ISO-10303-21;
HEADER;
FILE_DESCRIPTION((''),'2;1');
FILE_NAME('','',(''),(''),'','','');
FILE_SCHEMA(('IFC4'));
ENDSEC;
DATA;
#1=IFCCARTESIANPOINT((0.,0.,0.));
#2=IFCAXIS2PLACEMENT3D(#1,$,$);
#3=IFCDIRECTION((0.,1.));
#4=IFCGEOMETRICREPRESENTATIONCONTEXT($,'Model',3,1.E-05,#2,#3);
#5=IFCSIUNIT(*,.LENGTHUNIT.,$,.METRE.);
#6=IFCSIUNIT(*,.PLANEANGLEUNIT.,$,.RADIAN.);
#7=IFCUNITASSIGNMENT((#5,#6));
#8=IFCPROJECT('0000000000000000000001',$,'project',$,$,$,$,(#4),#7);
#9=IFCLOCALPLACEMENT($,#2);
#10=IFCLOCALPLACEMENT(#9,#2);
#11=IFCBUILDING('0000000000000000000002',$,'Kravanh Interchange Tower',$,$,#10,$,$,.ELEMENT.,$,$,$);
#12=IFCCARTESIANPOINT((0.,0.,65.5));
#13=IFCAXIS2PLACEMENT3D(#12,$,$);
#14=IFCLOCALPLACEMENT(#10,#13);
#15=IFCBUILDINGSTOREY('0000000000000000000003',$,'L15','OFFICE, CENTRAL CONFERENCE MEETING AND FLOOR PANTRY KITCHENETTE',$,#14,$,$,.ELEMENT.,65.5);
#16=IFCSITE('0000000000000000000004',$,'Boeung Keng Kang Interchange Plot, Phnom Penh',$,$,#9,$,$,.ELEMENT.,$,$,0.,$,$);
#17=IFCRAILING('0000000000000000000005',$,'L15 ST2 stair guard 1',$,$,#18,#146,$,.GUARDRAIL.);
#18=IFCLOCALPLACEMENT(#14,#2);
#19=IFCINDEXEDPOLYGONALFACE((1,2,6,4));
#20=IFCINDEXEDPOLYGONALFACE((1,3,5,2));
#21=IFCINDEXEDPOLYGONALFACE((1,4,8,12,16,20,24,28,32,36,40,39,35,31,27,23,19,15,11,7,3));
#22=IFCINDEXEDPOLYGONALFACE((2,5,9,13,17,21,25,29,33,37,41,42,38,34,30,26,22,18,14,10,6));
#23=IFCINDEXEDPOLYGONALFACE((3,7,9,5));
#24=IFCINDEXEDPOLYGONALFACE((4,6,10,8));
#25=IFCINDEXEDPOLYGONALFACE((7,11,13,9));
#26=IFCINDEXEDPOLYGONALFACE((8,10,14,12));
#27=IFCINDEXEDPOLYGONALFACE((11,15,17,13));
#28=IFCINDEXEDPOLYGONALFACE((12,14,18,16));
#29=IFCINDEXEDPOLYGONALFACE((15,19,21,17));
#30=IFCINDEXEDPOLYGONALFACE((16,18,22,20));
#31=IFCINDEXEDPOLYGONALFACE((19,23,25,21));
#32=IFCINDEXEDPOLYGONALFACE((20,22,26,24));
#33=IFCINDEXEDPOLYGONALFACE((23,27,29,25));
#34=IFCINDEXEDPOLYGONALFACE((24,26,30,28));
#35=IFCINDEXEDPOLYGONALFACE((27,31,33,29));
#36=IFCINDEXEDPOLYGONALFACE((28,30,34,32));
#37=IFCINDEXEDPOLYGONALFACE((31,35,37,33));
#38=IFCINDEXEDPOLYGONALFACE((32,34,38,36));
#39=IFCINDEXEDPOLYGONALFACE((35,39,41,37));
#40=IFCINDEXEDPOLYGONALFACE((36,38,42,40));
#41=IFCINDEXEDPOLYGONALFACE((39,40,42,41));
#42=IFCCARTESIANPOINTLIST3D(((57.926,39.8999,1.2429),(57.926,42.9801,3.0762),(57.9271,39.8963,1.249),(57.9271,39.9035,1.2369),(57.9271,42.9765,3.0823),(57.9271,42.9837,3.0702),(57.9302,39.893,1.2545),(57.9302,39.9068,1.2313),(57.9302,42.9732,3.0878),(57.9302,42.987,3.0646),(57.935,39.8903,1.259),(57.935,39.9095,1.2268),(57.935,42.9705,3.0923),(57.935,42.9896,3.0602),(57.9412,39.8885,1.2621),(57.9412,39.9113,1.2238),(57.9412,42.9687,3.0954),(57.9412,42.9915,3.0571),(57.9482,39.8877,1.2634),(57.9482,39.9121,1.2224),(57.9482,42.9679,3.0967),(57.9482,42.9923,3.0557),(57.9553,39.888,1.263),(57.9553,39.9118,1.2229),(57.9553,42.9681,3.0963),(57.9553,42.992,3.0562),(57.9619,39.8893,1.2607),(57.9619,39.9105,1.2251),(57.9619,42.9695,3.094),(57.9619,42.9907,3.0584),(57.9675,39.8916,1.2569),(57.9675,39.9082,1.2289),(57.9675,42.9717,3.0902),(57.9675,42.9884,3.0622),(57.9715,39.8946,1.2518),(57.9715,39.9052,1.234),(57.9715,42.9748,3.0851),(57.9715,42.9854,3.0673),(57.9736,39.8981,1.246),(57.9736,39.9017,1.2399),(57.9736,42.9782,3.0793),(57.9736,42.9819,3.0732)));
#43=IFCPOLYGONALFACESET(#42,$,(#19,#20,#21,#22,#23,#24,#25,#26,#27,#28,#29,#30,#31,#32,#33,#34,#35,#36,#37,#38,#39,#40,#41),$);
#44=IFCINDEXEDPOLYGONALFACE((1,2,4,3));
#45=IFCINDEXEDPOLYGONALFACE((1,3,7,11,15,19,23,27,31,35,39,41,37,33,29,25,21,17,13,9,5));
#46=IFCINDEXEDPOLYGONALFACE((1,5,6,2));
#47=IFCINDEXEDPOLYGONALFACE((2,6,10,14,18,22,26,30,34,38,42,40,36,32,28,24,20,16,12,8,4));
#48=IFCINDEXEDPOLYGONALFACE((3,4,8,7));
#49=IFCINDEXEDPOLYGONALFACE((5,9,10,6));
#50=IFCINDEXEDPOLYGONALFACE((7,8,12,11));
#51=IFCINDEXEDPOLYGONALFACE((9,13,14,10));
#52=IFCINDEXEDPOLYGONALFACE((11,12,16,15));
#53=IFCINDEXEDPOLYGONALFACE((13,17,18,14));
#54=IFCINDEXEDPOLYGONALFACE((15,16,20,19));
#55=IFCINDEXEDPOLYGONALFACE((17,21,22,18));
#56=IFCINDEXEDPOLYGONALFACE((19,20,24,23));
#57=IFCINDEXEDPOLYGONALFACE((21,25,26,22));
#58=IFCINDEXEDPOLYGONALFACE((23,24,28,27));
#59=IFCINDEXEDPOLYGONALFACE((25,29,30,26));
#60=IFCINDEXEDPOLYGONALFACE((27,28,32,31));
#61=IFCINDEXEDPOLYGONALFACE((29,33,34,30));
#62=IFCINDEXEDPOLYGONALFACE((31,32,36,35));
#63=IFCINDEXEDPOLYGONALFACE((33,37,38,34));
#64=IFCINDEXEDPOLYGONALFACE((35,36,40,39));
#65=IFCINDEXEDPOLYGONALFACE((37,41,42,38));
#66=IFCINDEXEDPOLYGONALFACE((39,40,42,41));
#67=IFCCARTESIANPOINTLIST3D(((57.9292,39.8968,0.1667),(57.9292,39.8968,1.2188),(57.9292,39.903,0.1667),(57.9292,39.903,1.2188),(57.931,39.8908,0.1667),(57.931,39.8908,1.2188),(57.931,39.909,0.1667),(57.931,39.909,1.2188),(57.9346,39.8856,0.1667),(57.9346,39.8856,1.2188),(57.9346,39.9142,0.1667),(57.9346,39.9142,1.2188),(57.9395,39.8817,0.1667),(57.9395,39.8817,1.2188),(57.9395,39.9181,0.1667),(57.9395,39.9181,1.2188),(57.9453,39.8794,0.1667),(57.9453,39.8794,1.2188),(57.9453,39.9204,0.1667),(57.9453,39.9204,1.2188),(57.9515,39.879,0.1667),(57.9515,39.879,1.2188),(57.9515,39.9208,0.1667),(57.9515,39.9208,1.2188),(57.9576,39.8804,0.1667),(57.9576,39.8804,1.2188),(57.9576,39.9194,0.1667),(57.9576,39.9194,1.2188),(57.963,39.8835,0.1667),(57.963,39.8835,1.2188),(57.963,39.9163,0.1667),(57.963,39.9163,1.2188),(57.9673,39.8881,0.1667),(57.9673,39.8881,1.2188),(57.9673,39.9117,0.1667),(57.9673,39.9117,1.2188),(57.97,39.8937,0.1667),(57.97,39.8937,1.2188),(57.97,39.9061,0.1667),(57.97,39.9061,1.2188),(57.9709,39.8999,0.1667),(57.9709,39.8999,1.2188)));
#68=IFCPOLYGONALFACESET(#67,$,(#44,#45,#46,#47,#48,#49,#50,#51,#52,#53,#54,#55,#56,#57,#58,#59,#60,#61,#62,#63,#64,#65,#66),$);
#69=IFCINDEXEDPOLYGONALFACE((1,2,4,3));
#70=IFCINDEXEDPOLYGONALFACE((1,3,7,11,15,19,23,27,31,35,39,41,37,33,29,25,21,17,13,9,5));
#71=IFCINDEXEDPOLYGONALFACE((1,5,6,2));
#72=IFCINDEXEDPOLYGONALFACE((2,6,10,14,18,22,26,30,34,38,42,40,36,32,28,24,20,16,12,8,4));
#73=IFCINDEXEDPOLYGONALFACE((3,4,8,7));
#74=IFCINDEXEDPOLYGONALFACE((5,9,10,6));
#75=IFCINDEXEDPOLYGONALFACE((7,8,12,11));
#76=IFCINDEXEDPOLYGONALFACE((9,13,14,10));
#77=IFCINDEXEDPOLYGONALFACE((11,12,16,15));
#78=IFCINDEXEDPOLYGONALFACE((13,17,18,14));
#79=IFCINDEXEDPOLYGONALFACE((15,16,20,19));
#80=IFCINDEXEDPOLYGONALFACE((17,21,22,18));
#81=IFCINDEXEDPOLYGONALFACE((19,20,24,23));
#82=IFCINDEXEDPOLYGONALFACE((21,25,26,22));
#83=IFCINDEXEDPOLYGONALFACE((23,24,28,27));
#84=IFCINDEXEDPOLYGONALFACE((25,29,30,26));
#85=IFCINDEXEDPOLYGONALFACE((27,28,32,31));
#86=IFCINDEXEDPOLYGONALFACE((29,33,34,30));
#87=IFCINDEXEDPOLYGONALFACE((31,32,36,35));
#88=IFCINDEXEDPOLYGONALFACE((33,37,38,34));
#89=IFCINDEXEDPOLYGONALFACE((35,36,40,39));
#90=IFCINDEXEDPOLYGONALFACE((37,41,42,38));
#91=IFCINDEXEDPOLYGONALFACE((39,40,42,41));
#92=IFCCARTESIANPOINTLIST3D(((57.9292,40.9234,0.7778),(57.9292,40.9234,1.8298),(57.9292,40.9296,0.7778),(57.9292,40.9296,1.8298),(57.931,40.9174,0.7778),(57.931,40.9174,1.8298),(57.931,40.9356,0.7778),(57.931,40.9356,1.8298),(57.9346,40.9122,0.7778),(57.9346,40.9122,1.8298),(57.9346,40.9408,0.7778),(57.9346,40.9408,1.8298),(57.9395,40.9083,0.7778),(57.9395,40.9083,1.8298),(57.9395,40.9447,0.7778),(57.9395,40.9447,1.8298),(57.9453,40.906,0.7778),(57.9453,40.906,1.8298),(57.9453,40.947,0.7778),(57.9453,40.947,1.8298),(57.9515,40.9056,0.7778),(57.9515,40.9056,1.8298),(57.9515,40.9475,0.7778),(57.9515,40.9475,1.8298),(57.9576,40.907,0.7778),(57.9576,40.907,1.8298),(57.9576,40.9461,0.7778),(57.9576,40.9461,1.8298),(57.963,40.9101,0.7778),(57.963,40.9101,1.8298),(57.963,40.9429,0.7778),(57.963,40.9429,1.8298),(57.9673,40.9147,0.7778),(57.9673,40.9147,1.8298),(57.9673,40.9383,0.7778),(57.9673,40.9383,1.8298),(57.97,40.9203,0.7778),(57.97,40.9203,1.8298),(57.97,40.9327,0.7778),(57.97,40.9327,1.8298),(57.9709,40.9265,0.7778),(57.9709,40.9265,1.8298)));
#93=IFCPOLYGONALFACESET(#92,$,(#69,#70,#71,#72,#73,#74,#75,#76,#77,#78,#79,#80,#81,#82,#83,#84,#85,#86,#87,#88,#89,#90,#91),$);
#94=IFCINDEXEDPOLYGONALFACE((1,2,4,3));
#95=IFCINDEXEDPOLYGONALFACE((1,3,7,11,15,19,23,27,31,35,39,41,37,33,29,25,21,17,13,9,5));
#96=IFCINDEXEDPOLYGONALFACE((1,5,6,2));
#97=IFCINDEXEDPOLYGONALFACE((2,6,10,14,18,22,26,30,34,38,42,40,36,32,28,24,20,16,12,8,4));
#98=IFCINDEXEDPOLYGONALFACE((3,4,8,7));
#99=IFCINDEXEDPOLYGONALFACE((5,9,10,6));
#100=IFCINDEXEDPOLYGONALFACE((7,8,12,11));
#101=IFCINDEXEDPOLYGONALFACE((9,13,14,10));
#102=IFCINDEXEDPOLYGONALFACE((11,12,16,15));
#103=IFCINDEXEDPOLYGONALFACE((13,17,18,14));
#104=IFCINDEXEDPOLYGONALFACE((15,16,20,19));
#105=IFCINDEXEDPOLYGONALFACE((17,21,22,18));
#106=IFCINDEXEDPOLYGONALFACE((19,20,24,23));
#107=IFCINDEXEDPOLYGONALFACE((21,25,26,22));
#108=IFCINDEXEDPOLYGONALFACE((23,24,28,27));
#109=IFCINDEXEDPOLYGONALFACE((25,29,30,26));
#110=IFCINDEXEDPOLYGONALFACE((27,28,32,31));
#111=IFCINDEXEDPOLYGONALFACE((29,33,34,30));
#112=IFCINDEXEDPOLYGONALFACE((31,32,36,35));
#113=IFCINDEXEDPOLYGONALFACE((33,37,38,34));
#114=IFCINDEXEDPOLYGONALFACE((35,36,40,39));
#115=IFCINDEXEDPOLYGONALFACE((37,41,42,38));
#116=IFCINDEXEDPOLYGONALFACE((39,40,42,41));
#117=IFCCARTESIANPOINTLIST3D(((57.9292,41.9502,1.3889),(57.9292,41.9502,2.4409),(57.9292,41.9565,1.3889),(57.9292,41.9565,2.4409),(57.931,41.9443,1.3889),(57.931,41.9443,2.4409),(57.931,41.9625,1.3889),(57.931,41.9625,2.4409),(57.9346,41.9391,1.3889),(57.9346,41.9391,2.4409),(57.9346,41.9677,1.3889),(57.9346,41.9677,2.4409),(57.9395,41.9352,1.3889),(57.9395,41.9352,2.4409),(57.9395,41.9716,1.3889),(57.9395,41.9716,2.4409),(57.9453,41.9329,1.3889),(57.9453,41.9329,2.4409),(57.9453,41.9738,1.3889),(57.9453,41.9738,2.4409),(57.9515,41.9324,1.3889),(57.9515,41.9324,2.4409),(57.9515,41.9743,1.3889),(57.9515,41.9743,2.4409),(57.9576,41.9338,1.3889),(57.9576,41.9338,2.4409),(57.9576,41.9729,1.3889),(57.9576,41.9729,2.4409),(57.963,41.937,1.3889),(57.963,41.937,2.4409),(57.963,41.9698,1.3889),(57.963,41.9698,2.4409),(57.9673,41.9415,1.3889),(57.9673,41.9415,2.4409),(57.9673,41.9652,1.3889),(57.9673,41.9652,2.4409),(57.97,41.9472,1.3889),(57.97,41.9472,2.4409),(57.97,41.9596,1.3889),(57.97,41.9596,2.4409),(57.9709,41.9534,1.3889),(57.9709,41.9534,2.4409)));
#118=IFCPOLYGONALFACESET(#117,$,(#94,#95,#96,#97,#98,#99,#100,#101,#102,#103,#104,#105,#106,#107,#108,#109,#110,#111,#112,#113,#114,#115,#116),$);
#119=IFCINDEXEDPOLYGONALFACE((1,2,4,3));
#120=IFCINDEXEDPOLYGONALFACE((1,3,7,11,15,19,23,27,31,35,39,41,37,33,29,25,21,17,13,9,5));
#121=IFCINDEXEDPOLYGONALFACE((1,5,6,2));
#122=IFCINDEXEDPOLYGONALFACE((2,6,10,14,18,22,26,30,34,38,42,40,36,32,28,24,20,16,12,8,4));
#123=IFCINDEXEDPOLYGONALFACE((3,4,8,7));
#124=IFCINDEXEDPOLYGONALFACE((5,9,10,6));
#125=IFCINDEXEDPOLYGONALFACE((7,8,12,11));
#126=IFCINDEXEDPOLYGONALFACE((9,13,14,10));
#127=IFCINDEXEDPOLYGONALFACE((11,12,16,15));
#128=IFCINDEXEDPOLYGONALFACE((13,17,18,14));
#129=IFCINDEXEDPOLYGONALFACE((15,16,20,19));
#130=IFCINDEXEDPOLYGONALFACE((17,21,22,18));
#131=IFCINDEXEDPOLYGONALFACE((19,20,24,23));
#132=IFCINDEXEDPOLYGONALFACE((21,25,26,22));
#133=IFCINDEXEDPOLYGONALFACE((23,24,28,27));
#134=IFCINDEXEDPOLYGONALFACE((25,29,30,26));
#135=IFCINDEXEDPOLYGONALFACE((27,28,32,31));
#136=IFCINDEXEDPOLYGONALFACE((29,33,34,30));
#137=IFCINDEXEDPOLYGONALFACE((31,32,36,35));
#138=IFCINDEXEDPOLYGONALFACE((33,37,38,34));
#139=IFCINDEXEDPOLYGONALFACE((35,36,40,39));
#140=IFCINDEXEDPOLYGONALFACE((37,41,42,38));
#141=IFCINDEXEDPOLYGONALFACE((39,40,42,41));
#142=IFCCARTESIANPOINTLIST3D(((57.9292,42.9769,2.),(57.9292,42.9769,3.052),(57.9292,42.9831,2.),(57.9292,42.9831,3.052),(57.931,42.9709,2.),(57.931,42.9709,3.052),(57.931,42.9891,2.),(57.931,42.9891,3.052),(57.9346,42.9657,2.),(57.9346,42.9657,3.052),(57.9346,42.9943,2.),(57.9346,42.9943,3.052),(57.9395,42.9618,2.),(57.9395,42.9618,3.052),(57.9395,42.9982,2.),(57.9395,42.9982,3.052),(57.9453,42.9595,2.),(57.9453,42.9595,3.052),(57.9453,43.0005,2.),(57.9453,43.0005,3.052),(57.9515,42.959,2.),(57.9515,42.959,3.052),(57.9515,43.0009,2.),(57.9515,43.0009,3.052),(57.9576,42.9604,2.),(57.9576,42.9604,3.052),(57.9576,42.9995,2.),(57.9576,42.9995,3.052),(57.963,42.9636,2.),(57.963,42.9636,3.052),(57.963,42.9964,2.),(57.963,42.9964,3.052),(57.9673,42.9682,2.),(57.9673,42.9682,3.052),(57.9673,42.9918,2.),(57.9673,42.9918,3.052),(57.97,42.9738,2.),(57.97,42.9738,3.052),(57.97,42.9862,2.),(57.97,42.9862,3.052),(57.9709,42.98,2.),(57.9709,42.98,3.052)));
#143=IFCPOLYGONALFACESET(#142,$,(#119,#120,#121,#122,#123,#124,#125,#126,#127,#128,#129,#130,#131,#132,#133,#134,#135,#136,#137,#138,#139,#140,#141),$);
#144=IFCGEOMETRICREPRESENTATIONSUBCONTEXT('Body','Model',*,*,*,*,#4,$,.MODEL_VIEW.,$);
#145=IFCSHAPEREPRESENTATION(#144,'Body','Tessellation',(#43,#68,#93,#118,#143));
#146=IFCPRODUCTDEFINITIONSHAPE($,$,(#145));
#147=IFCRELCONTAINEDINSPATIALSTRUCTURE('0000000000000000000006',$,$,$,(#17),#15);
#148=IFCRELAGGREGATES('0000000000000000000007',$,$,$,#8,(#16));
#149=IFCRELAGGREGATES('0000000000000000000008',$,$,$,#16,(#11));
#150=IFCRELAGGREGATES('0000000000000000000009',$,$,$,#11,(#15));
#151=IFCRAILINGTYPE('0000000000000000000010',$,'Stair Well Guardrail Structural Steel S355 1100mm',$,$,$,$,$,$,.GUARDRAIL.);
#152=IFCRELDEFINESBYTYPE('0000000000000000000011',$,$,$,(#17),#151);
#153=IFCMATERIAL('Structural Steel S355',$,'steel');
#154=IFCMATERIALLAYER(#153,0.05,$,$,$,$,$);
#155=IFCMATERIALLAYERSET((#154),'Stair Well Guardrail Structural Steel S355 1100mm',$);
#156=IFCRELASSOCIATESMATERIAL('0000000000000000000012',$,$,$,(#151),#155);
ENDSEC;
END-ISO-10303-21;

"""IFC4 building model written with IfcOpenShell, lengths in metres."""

from ifc_helpers import new_model, si_unit, direction, frame, origin, origin_2d, place, context, subcontext, project, spatial, circle, extrude, material, layer, layer_set, type_object, element, save


model = new_model("IFC4")

# Units and contexts
model_context = context("Model", 3, precision=1e-05, world=origin(), true_north=direction((0.0, 1.0)))
body_context = subcontext(model_context, "Body", "Model", "MODEL_VIEW")
ifc_project = project(units=[si_unit("LENGTHUNIT", "METRE"), si_unit("PLANEANGLEUNIT", "RADIAN")], contexts=[model_context])

# Site, building, storey
site_placement = place(None, origin())
site = spatial("IfcSite", under=ifc_project, at=site_placement, Name="Boeung Keng Kang Interchange Plot, Phnom Penh", CompositionType="ELEMENT", RefElevation=0.0)
building_placement = place(site_placement, origin())
building = spatial("IfcBuilding", under=site, at=building_placement, Name="Kravanh Interchange Tower", CompositionType="ELEMENT")
storey_placement = place(building_placement, frame((0.0, 0.0, 65.5)))
storey = spatial("IfcBuildingStorey", under=building, at=storey_placement, Name="L15", Description="OFFICE, CENTRAL CONFERENCE MEETING AND FLOOR PANTRY KITCHENETTE", CompositionType="ELEMENT", Elevation=65.5)

# Railing
ifc_material_1 = material(Name="Structural Steel S355", Category="steel")
ifc_layer_1 = layer(ifc_material_1, 0.05)
ifc_layer_set_1 = layer_set([ifc_layer_1], Name="Stair Well Guardrail Structural Steel S355 1100mm")
railing_type_1 = type_object("IfcRailingType", Name="Stair Well Guardrail Structural Steel S355 1100mm", PredefinedType="GUARDRAIL", material=ifc_layer_set_1)
railing_1_placement = place(storey_placement, frame((57.95, 39.8999, 0.1667)))
element("IfcRailing", 1, at=railing_1_placement, inside=storey, type_object=railing_type_1, Name="L15 ST2 stair guard 1", PredefinedType="GUARDRAIL", context=body_context, shape_type="SweptSolid", body=[
    extrude(circle(Radius=0.0239, at=origin_2d()), frame((0.0, 0.0, 1.0762), z_axis=(0.0, 0.859309, 0.511458), x_axis=(-1.0, 0.0, 0.0)), (0.0, 0.0, 1.0), 3.5845),
    extrude(circle(Radius=0.021, at=origin_2d()), origin(), (0.0, 0.0, 1.0), 1.052),
    extrude(circle(Radius=0.021, at=origin_2d()), frame((0.0, 1.0266, 0.6111)), (0.0, 0.0, 1.0), 1.052),
    extrude(circle(Radius=0.021, at=origin_2d()), frame((0.0, 2.0535, 1.2222)), (0.0, 0.0, 1.0), 1.052),
    extrude(circle(Radius=0.021, at=origin_2d()), frame((0.0, 3.0801, 1.8333)), (0.0, 0.0, 1.0), 1.052),
])

save(model, "model.ifc")
